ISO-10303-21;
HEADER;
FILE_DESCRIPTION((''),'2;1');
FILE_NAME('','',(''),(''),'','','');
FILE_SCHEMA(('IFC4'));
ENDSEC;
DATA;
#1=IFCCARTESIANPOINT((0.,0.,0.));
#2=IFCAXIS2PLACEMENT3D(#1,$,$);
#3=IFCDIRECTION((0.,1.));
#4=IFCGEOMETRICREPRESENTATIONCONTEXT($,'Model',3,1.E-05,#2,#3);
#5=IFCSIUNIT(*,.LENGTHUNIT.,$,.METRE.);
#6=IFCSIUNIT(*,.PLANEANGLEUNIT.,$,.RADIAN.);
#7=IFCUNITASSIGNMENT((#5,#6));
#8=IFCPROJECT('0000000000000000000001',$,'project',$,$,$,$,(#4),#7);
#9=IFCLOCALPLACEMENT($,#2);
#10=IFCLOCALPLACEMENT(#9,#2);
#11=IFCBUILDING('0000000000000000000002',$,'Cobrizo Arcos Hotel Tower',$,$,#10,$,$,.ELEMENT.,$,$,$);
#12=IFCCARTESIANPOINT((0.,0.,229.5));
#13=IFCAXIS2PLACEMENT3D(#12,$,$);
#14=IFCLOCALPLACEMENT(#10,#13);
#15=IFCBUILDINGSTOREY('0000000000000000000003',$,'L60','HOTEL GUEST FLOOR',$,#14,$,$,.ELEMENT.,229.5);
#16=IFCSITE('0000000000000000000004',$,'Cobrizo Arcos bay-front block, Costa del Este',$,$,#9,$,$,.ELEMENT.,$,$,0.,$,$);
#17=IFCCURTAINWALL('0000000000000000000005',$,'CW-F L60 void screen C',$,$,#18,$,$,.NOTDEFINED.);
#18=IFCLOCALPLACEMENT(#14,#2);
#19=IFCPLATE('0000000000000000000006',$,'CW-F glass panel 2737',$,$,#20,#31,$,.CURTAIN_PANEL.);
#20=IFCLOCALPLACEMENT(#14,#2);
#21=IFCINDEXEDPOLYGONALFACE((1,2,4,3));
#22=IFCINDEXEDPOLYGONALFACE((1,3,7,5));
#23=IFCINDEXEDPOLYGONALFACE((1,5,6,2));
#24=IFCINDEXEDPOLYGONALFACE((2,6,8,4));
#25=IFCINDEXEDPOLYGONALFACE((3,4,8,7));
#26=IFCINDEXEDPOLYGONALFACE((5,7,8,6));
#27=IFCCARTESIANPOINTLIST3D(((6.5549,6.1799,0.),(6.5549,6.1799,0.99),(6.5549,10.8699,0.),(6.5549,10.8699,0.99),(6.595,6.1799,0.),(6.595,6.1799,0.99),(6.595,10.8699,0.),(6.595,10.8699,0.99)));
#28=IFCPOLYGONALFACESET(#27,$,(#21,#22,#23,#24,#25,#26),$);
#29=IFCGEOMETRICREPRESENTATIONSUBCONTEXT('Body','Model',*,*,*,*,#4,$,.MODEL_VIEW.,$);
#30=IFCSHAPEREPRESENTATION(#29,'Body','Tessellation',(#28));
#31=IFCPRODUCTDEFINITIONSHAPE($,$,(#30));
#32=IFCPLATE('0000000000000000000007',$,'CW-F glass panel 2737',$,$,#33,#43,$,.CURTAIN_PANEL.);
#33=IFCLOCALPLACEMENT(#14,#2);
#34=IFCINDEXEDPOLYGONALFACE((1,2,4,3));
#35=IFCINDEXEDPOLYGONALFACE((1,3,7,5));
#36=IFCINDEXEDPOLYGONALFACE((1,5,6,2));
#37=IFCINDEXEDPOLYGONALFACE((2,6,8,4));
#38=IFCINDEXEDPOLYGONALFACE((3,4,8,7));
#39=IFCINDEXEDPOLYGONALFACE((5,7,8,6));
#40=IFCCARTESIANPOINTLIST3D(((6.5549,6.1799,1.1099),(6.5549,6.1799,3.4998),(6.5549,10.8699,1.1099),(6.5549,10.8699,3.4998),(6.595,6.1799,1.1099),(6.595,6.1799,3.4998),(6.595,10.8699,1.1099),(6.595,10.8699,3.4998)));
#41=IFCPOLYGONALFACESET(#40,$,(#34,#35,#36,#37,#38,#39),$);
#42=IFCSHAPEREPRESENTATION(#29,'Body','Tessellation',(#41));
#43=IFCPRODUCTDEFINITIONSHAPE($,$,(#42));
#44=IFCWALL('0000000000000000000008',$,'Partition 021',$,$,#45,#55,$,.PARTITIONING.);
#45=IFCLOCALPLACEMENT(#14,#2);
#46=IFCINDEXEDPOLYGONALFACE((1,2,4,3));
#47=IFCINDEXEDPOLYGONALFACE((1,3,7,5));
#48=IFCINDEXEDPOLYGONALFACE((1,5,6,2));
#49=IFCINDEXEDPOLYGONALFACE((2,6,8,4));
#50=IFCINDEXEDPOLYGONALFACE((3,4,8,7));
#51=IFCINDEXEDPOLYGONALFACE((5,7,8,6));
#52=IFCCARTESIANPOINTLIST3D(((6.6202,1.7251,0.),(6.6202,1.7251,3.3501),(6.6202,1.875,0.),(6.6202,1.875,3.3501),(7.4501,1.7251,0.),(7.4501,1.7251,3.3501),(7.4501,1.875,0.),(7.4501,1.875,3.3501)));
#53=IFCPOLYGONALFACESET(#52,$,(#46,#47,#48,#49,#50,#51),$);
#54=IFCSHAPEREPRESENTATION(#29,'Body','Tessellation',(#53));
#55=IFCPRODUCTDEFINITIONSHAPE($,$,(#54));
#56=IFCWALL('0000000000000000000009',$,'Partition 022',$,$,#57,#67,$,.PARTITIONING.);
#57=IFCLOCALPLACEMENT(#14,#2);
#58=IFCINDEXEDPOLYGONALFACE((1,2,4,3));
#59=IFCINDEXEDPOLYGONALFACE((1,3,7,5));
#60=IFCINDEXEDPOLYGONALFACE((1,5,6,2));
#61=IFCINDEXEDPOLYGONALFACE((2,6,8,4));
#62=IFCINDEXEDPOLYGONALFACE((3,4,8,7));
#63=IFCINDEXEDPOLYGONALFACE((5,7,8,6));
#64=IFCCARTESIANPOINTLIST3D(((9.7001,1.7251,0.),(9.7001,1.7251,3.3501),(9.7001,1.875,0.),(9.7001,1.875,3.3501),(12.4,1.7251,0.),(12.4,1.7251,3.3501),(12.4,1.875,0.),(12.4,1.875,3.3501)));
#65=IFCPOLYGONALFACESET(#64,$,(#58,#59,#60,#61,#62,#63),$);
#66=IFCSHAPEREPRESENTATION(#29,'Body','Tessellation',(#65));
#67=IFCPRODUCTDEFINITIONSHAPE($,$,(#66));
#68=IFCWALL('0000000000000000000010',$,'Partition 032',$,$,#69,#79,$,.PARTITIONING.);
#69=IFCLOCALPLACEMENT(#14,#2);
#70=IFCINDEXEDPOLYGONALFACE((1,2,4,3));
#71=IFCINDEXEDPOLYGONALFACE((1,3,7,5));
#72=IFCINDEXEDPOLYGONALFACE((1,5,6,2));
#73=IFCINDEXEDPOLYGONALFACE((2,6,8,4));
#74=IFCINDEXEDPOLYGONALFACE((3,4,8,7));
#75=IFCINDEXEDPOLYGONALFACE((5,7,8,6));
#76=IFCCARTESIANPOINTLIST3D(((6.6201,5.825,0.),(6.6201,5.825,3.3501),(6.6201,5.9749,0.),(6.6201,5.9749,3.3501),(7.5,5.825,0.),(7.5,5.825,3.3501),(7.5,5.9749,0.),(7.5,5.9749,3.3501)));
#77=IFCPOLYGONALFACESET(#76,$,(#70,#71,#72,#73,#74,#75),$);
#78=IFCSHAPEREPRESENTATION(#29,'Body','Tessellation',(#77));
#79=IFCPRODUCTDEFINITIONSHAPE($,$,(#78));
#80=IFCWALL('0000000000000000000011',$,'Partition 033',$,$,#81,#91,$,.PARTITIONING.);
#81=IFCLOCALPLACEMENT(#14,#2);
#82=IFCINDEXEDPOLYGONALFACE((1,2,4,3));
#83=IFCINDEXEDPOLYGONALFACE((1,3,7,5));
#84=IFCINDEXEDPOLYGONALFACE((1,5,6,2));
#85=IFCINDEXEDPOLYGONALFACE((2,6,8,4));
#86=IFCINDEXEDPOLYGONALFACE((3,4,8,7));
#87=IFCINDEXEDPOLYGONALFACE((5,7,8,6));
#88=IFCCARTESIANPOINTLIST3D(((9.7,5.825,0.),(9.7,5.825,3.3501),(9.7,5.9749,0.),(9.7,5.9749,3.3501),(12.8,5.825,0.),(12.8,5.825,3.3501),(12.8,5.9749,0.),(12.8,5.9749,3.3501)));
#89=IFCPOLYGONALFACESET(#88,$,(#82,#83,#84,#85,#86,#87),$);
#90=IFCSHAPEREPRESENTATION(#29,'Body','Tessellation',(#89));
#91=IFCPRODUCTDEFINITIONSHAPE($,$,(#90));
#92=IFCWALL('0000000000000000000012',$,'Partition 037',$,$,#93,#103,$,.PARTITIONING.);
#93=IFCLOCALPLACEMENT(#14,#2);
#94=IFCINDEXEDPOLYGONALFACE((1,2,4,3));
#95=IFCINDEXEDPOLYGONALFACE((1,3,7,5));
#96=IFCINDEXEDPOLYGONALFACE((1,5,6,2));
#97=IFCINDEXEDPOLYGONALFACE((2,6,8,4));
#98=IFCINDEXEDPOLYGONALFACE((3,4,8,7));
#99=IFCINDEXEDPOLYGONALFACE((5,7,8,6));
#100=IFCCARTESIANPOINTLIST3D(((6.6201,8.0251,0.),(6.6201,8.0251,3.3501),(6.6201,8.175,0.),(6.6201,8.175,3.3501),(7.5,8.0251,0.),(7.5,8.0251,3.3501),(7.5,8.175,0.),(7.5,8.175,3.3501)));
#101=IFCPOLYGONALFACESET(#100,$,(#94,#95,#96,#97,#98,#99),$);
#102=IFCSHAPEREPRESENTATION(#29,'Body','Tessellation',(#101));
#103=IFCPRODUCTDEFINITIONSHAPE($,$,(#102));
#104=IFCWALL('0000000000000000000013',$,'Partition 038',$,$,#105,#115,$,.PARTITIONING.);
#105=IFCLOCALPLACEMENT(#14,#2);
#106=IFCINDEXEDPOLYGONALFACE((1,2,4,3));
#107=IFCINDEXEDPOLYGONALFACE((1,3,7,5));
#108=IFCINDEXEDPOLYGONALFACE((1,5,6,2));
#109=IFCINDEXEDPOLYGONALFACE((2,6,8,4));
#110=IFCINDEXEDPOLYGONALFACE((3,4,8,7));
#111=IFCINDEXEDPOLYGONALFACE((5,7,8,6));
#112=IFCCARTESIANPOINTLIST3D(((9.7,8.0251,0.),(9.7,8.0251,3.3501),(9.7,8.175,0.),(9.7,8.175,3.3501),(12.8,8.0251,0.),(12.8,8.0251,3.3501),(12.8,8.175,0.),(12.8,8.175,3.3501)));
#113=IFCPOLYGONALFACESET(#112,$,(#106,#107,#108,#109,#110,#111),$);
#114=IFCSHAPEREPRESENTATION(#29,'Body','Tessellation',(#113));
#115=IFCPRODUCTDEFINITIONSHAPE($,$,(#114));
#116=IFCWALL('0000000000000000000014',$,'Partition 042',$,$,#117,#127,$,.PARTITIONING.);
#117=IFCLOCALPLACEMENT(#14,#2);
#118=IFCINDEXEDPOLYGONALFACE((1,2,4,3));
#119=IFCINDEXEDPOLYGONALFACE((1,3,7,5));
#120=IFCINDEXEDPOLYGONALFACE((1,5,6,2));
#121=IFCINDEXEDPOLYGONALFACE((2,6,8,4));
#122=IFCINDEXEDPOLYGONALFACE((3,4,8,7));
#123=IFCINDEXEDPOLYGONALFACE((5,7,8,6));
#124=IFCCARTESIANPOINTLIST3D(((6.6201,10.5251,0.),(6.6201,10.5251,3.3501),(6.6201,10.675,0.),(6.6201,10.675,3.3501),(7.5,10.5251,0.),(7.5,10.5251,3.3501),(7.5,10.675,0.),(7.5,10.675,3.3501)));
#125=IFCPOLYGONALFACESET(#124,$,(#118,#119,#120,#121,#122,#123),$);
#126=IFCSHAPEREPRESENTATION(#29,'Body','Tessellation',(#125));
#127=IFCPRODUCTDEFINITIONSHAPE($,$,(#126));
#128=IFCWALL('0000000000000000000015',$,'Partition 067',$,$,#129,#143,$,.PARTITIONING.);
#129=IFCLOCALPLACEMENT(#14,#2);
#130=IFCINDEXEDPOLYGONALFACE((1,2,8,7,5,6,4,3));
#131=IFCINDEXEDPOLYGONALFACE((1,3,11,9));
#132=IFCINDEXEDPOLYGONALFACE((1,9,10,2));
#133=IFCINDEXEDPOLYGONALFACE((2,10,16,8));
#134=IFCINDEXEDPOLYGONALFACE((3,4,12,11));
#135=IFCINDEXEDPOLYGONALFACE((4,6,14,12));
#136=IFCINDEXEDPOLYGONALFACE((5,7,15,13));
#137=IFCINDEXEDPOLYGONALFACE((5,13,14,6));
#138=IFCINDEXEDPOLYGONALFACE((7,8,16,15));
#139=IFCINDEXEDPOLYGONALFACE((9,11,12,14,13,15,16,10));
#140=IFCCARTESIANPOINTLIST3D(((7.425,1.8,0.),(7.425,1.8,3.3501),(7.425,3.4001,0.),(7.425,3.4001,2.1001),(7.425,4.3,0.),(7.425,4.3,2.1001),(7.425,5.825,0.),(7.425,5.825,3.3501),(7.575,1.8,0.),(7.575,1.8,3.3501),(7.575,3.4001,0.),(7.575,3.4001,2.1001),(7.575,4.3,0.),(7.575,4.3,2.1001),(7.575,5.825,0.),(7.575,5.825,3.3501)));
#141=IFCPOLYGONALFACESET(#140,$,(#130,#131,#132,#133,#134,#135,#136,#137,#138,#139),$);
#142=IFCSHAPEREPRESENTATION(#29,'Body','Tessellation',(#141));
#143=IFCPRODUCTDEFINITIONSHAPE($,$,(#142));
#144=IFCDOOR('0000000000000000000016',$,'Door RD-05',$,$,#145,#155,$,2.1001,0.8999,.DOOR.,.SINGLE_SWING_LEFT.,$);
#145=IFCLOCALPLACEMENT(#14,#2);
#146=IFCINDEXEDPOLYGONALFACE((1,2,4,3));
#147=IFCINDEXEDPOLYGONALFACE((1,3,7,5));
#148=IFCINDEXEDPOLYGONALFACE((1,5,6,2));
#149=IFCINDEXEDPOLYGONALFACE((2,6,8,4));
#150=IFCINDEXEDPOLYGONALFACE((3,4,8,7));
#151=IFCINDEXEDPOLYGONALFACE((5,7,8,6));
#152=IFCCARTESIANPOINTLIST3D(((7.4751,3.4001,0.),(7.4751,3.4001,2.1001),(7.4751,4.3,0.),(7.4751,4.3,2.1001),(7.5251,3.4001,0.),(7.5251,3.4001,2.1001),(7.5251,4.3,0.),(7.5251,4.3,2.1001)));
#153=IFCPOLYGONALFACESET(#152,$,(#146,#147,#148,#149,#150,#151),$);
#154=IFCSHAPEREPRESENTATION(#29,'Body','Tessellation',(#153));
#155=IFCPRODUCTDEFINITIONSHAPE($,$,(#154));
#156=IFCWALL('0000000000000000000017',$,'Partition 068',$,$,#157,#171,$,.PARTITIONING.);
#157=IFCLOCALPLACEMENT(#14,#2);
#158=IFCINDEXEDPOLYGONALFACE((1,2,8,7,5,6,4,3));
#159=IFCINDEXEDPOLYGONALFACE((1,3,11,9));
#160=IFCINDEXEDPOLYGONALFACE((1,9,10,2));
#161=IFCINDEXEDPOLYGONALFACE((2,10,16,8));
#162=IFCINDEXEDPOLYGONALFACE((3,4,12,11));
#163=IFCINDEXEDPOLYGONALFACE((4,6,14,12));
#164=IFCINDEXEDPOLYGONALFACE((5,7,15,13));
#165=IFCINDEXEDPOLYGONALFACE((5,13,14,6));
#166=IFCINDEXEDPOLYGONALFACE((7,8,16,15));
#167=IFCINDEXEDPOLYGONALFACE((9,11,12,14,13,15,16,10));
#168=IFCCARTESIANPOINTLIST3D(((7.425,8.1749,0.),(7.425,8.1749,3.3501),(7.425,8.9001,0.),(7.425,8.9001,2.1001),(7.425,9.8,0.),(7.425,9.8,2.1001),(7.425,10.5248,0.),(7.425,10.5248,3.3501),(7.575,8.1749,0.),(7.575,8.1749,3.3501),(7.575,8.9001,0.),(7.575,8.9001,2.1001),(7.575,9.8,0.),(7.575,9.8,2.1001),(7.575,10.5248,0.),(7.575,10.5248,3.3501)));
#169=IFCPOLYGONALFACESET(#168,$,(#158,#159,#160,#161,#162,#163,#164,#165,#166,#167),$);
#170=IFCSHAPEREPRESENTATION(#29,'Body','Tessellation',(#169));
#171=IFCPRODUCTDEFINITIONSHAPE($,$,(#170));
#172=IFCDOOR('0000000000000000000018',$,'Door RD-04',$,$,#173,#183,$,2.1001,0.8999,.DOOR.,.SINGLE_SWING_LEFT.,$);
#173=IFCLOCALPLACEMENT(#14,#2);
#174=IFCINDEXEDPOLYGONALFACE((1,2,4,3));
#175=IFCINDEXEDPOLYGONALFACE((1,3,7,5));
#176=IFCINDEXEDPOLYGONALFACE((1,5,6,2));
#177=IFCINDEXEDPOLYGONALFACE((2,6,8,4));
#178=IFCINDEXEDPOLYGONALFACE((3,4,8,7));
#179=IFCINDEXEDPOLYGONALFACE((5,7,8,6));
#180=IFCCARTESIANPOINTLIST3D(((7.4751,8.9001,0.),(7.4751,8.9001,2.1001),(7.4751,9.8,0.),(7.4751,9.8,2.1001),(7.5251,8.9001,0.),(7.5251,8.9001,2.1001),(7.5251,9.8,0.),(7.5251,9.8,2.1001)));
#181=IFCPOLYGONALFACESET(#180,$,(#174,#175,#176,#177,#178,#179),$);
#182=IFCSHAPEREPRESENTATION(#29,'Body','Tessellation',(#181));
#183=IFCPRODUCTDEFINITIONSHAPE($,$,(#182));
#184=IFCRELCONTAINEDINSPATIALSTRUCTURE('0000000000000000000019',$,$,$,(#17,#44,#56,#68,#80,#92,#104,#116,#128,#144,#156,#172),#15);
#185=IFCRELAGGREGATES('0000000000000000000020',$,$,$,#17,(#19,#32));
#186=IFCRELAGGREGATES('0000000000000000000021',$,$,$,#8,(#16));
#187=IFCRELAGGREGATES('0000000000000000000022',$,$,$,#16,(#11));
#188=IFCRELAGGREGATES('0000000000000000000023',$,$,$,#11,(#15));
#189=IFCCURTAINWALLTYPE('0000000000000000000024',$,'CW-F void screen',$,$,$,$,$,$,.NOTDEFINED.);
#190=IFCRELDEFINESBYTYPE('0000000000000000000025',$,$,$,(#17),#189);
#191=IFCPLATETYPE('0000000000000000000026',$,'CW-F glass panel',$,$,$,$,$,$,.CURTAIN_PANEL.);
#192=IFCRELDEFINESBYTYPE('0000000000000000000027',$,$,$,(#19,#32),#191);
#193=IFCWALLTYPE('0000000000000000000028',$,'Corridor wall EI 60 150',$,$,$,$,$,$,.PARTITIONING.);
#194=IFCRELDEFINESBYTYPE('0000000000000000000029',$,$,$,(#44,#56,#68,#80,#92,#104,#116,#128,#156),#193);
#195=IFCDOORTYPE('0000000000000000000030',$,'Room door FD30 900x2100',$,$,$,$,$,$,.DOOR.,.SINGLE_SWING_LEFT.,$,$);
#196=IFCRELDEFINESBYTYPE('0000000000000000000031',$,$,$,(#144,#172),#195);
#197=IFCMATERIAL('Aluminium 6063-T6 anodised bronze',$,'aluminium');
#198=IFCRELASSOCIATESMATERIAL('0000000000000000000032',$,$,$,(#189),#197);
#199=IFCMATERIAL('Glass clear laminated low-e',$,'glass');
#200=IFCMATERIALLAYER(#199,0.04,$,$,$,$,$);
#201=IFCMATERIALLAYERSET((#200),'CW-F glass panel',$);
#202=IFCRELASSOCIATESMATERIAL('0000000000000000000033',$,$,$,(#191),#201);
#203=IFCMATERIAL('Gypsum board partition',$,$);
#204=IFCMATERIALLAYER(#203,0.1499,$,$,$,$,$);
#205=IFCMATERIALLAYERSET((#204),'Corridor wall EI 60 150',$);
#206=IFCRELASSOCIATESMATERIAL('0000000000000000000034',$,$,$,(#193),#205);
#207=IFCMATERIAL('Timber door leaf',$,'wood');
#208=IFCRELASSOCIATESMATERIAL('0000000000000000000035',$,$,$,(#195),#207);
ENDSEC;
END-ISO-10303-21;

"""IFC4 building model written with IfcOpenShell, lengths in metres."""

from ifc_helpers import new_model, si_unit, direction, frame, frame_2d, origin, origin_2d, place, context, subcontext, project, spatial, rectangle, extrude, material, layer, layer_set, type_object, element, fill, aggregate, save


model = new_model("IFC4")

# Units and contexts
model_context = context("Model", 3, precision=1e-05, world=origin(), true_north=direction((0.0, 1.0)))
body_context = subcontext(model_context, "Body", "Model", "MODEL_VIEW")
ifc_project = project(units=[si_unit("LENGTHUNIT", "METRE"), si_unit("PLANEANGLEUNIT", "RADIAN")], contexts=[model_context])

# Site, building, storey
site_placement = place(None, origin())
site = spatial("IfcSite", under=ifc_project, at=site_placement, Name="Cobrizo Arcos bay-front block, Costa del Este", CompositionType="ELEMENT", RefElevation=0.0)
building_placement = place(site_placement, origin())
building = spatial("IfcBuilding", under=site, at=building_placement, Name="Cobrizo Arcos Hotel Tower", CompositionType="ELEMENT")
storey_placement = place(building_placement, frame((0.0, 0.0, 229.5)))
storey = spatial("IfcBuildingStorey", under=building, at=storey_placement, Name="L60", Description="HOTEL GUEST FLOOR", CompositionType="ELEMENT", Elevation=229.5)

# Curtain wall
ifc_material_1 = material(Name="Aluminium 6063-T6 anodised bronze", Category="aluminium")
curtain_wall_type = type_object("IfcCurtainWallType", Name="CW-F void screen", PredefinedType="NOTDEFINED", material=ifc_material_1)
curtain_wall_placement = place(storey_placement, origin())
curtain_wall = element("IfcCurtainWall", 1, at=curtain_wall_placement, inside=storey, type_object=curtain_wall_type, Name="CW-F L60 void screen C", PredefinedType="NOTDEFINED")

# Plates
ifc_material_2 = material(Name="Glass clear laminated low-e", Category="glass")
ifc_layer_1 = layer(ifc_material_2, 0.04)
ifc_layer_set_1 = layer_set([ifc_layer_1], Name="CW-F glass panel")
plate_type = type_object("IfcPlateType", Name="CW-F glass panel", PredefinedType="CURTAIN_PANEL", material=ifc_layer_set_1)
plate_1_placement = place(storey_placement, frame((6.575, 8.5249, 0.0), z_axis=(0.0, 0.0, 1.0), x_axis=(0.0, 1.0, 0.0)))
plate_1 = element("IfcPlate", 2, at=plate_1_placement, type_object=plate_type, Name="CW-F glass panel 2737", PredefinedType="CURTAIN_PANEL", context=body_context, shape_type="SweptSolid", body=[
    extrude(rectangle(XDim=4.6899, YDim=0.04, at=origin_2d()), origin(), (0.0, 0.0, 1.0), 0.99),
])
plate_2_placement = place(storey_placement, frame((6.575, 8.5249, 1.1099), z_axis=(0.0, 0.0, 1.0), x_axis=(0.0, 1.0, 0.0)))
plate_2 = element("IfcPlate", 3, at=plate_2_placement, type_object=plate_type, Name="CW-F glass panel 2737", PredefinedType="CURTAIN_PANEL", context=body_context, shape_type="SweptSolid", body=[
    extrude(rectangle(XDim=4.6899, YDim=0.04, at=origin_2d()), origin(), (0.0, 0.0, 1.0), 2.3899),
])
aggregate(curtain_wall, [plate_1, plate_2])

# Walls
ifc_material_3 = material(Name="Gypsum board partition")
ifc_layer_2 = layer(ifc_material_3, 0.1499)
ifc_layer_set_2 = layer_set([ifc_layer_2], Name="Corridor wall EI 60 150")
wall_type = type_object("IfcWallType", Name="Corridor wall EI 60 150", PredefinedType="PARTITIONING", material=ifc_layer_set_2)
wall_1_placement = place(storey_placement, frame((6.6201, 1.8, 0.0), z_axis=(0.0, 0.0, 1.0), x_axis=(1.0, 0.0, 0.0)))
element("IfcWall", 4, at=wall_1_placement, inside=storey, type_object=wall_type, Name="Partition 021", PredefinedType="PARTITIONING", context=body_context, shape_type="SweptSolid", body=[
    extrude(rectangle(XDim=0.8298, YDim=0.1499, at=frame_2d((0.415, 0.0))), origin(), (0.0, 0.0, 1.0), 3.3501),
])
wall_2_placement = place(storey_placement, frame((9.7, 1.8, 0.0), z_axis=(0.0, 0.0, 1.0), x_axis=(1.0, 0.0, 0.0)))
element("IfcWall", 5, at=wall_2_placement, inside=storey, type_object=wall_type, Name="Partition 022", PredefinedType="PARTITIONING", context=body_context, shape_type="SweptSolid", body=[
    extrude(rectangle(XDim=2.7, YDim=0.1499, at=frame_2d((1.3501, 0.0))), origin(), (0.0, 0.0, 1.0), 3.3501),
])
wall_3_placement = place(storey_placement, frame((6.6201, 5.8999, 0.0), z_axis=(0.0, 0.0, 1.0), x_axis=(1.0, 0.0, 0.0)))
element("IfcWall", 6, at=wall_3_placement, inside=storey, type_object=wall_type, Name="Partition 032", PredefinedType="PARTITIONING", context=body_context, shape_type="SweptSolid", body=[
    extrude(rectangle(XDim=0.8799, YDim=0.1499, at=frame_2d((0.4399, 0.0))), origin(), (0.0, 0.0, 1.0), 3.3501),
])
wall_4_placement = place(storey_placement, frame((9.7, 5.8999, 0.0), z_axis=(0.0, 0.0, 1.0), x_axis=(1.0, 0.0, 0.0)))
element("IfcWall", 7, at=wall_4_placement, inside=storey, type_object=wall_type, Name="Partition 033", PredefinedType="PARTITIONING", context=body_context, shape_type="SweptSolid", body=[
    extrude(rectangle(XDim=3.1001, YDim=0.1499, at=frame_2d((1.55, 0.0))), origin(), (0.0, 0.0, 1.0), 3.3501),
])
wall_5_placement = place(storey_placement, frame((6.6201, 8.1001, 0.0), z_axis=(0.0, 0.0, 1.0), x_axis=(1.0, 0.0, 0.0)))
element("IfcWall", 8, at=wall_5_placement, inside=storey, type_object=wall_type, Name="Partition 037", PredefinedType="PARTITIONING", context=body_context, shape_type="SweptSolid", body=[
    extrude(rectangle(XDim=0.8799, YDim=0.1499, at=frame_2d((0.4399, 0.0))), origin(), (0.0, 0.0, 1.0), 3.3501),
])
wall_6_placement = place(storey_placement, frame((9.7, 8.1001, 0.0), z_axis=(0.0, 0.0, 1.0), x_axis=(1.0, 0.0, 0.0)))
element("IfcWall", 9, at=wall_6_placement, inside=storey, type_object=wall_type, Name="Partition 038", PredefinedType="PARTITIONING", context=body_context, shape_type="SweptSolid", body=[
    extrude(rectangle(XDim=3.1001, YDim=0.1499, at=frame_2d((1.55, 0.0))), origin(), (0.0, 0.0, 1.0), 3.3501),
])
wall_7_placement = place(storey_placement, frame((6.6201, 10.6001, 0.0), z_axis=(0.0, 0.0, 1.0), x_axis=(1.0, 0.0, 0.0)))
element("IfcWall", 10, at=wall_7_placement, inside=storey, type_object=wall_type, Name="Partition 042", PredefinedType="PARTITIONING", context=body_context, shape_type="SweptSolid", body=[
    extrude(rectangle(XDim=0.8799, YDim=0.1499, at=frame_2d((0.4399, 0.0))), origin(), (0.0, 0.0, 1.0), 3.3501),
])

# Walls, openings, doors
wall_8_placement = place(storey_placement, frame((7.5, 1.8, 0.0), z_axis=(0.0, 0.0, 1.0), x_axis=(0.0, 1.0, 0.0)))
wall_8 = element("IfcWall", 11, at=wall_8_placement, inside=storey, type_object=wall_type, Name="Partition 067", PredefinedType="PARTITIONING", context=body_context, shape_type="SweptSolid", body=[
    extrude(rectangle(XDim=4.0249, YDim=0.1499, at=frame_2d((2.0125, 0.0))), origin(), (0.0, 0.0, 1.0), 3.3501),
])
opening_1_placement = place(wall_8_placement, frame((1.6001, 0.0, 0.0)))
opening_1 = element("IfcOpeningElement", 12, at=opening_1_placement, cuts=wall_8, PredefinedType="OPENING", context=body_context, shape_type="SweptSolid", body=[
    extrude(rectangle(XDim=0.8999, YDim=2.1001, at=frame_2d((0.45, 1.05))), frame((0.0, 0.0869, 0.0), z_axis=(0.0, -1.0, 0.0), x_axis=(1.0, 0.0, 0.0)), (0.0, 0.0, 1.0), 0.1738),
])
ifc_material_4 = material(Name="Timber door leaf", Category="wood")
door_type = type_object("IfcDoorType", Name="Room door FD30 900x2100", OperationType="SINGLE_SWING_LEFT", PredefinedType="DOOR", material=ifc_material_4)
door_1_placement = place(opening_1_placement, origin())
door_1 = element("IfcDoor", 13, at=door_1_placement, inside=storey, type_object=door_type, Name="Door RD-05", OperationType="SINGLE_SWING_LEFT", OverallHeight=2.1001, OverallWidth=0.8999, PredefinedType="DOOR", context=body_context, shape_type="SweptSolid", body=[
    extrude(rectangle(XDim=0.8999, YDim=2.1001, at=frame_2d((0.45, 1.05))), frame((0.0, 0.0249, 0.0), z_axis=(0.0, -1.0, 0.0), x_axis=(1.0, 0.0, 0.0)), (0.0, 0.0, 1.0), 0.05),
])
fill(opening_1, door_1)
wall_9_placement = place(storey_placement, frame((7.5, 8.175, 0.0), z_axis=(0.0, 0.0, 1.0), x_axis=(0.0, 1.0, 0.0)))
wall_9 = element("IfcWall", 14, at=wall_9_placement, inside=storey, type_object=wall_type, Name="Partition 068", PredefinedType="PARTITIONING", context=body_context, shape_type="SweptSolid", body=[
    extrude(rectangle(XDim=2.3499, YDim=0.1499, at=frame_2d((1.1748, 0.0))), origin(), (0.0, 0.0, 1.0), 3.3501),
])
opening_2_placement = place(wall_9_placement, frame((0.7251, 0.0, 0.0)))
opening_2 = element("IfcOpeningElement", 15, at=opening_2_placement, cuts=wall_9, PredefinedType="OPENING", context=body_context, shape_type="SweptSolid", body=[
    extrude(rectangle(XDim=0.8999, YDim=2.1001, at=frame_2d((0.45, 1.05))), frame((0.0, 0.0869, 0.0), z_axis=(0.0, -1.0, 0.0), x_axis=(1.0, 0.0, 0.0)), (0.0, 0.0, 1.0), 0.1738),
])
door_2_placement = place(opening_2_placement, origin())
door_2 = element("IfcDoor", 16, at=door_2_placement, inside=storey, type_object=door_type, Name="Door RD-04", OperationType="SINGLE_SWING_LEFT", OverallHeight=2.1001, OverallWidth=0.8999, PredefinedType="DOOR", context=body_context, shape_type="SweptSolid", body=[
    extrude(rectangle(XDim=0.8999, YDim=2.1001, at=frame_2d((0.45, 1.05))), frame((0.0, 0.0249, 0.0), z_axis=(0.0, -1.0, 0.0), x_axis=(1.0, 0.0, 0.0)), (0.0, 0.0, 1.0), 0.05),
])
fill(opening_2, door_2)

save(model, "model.ifc")
